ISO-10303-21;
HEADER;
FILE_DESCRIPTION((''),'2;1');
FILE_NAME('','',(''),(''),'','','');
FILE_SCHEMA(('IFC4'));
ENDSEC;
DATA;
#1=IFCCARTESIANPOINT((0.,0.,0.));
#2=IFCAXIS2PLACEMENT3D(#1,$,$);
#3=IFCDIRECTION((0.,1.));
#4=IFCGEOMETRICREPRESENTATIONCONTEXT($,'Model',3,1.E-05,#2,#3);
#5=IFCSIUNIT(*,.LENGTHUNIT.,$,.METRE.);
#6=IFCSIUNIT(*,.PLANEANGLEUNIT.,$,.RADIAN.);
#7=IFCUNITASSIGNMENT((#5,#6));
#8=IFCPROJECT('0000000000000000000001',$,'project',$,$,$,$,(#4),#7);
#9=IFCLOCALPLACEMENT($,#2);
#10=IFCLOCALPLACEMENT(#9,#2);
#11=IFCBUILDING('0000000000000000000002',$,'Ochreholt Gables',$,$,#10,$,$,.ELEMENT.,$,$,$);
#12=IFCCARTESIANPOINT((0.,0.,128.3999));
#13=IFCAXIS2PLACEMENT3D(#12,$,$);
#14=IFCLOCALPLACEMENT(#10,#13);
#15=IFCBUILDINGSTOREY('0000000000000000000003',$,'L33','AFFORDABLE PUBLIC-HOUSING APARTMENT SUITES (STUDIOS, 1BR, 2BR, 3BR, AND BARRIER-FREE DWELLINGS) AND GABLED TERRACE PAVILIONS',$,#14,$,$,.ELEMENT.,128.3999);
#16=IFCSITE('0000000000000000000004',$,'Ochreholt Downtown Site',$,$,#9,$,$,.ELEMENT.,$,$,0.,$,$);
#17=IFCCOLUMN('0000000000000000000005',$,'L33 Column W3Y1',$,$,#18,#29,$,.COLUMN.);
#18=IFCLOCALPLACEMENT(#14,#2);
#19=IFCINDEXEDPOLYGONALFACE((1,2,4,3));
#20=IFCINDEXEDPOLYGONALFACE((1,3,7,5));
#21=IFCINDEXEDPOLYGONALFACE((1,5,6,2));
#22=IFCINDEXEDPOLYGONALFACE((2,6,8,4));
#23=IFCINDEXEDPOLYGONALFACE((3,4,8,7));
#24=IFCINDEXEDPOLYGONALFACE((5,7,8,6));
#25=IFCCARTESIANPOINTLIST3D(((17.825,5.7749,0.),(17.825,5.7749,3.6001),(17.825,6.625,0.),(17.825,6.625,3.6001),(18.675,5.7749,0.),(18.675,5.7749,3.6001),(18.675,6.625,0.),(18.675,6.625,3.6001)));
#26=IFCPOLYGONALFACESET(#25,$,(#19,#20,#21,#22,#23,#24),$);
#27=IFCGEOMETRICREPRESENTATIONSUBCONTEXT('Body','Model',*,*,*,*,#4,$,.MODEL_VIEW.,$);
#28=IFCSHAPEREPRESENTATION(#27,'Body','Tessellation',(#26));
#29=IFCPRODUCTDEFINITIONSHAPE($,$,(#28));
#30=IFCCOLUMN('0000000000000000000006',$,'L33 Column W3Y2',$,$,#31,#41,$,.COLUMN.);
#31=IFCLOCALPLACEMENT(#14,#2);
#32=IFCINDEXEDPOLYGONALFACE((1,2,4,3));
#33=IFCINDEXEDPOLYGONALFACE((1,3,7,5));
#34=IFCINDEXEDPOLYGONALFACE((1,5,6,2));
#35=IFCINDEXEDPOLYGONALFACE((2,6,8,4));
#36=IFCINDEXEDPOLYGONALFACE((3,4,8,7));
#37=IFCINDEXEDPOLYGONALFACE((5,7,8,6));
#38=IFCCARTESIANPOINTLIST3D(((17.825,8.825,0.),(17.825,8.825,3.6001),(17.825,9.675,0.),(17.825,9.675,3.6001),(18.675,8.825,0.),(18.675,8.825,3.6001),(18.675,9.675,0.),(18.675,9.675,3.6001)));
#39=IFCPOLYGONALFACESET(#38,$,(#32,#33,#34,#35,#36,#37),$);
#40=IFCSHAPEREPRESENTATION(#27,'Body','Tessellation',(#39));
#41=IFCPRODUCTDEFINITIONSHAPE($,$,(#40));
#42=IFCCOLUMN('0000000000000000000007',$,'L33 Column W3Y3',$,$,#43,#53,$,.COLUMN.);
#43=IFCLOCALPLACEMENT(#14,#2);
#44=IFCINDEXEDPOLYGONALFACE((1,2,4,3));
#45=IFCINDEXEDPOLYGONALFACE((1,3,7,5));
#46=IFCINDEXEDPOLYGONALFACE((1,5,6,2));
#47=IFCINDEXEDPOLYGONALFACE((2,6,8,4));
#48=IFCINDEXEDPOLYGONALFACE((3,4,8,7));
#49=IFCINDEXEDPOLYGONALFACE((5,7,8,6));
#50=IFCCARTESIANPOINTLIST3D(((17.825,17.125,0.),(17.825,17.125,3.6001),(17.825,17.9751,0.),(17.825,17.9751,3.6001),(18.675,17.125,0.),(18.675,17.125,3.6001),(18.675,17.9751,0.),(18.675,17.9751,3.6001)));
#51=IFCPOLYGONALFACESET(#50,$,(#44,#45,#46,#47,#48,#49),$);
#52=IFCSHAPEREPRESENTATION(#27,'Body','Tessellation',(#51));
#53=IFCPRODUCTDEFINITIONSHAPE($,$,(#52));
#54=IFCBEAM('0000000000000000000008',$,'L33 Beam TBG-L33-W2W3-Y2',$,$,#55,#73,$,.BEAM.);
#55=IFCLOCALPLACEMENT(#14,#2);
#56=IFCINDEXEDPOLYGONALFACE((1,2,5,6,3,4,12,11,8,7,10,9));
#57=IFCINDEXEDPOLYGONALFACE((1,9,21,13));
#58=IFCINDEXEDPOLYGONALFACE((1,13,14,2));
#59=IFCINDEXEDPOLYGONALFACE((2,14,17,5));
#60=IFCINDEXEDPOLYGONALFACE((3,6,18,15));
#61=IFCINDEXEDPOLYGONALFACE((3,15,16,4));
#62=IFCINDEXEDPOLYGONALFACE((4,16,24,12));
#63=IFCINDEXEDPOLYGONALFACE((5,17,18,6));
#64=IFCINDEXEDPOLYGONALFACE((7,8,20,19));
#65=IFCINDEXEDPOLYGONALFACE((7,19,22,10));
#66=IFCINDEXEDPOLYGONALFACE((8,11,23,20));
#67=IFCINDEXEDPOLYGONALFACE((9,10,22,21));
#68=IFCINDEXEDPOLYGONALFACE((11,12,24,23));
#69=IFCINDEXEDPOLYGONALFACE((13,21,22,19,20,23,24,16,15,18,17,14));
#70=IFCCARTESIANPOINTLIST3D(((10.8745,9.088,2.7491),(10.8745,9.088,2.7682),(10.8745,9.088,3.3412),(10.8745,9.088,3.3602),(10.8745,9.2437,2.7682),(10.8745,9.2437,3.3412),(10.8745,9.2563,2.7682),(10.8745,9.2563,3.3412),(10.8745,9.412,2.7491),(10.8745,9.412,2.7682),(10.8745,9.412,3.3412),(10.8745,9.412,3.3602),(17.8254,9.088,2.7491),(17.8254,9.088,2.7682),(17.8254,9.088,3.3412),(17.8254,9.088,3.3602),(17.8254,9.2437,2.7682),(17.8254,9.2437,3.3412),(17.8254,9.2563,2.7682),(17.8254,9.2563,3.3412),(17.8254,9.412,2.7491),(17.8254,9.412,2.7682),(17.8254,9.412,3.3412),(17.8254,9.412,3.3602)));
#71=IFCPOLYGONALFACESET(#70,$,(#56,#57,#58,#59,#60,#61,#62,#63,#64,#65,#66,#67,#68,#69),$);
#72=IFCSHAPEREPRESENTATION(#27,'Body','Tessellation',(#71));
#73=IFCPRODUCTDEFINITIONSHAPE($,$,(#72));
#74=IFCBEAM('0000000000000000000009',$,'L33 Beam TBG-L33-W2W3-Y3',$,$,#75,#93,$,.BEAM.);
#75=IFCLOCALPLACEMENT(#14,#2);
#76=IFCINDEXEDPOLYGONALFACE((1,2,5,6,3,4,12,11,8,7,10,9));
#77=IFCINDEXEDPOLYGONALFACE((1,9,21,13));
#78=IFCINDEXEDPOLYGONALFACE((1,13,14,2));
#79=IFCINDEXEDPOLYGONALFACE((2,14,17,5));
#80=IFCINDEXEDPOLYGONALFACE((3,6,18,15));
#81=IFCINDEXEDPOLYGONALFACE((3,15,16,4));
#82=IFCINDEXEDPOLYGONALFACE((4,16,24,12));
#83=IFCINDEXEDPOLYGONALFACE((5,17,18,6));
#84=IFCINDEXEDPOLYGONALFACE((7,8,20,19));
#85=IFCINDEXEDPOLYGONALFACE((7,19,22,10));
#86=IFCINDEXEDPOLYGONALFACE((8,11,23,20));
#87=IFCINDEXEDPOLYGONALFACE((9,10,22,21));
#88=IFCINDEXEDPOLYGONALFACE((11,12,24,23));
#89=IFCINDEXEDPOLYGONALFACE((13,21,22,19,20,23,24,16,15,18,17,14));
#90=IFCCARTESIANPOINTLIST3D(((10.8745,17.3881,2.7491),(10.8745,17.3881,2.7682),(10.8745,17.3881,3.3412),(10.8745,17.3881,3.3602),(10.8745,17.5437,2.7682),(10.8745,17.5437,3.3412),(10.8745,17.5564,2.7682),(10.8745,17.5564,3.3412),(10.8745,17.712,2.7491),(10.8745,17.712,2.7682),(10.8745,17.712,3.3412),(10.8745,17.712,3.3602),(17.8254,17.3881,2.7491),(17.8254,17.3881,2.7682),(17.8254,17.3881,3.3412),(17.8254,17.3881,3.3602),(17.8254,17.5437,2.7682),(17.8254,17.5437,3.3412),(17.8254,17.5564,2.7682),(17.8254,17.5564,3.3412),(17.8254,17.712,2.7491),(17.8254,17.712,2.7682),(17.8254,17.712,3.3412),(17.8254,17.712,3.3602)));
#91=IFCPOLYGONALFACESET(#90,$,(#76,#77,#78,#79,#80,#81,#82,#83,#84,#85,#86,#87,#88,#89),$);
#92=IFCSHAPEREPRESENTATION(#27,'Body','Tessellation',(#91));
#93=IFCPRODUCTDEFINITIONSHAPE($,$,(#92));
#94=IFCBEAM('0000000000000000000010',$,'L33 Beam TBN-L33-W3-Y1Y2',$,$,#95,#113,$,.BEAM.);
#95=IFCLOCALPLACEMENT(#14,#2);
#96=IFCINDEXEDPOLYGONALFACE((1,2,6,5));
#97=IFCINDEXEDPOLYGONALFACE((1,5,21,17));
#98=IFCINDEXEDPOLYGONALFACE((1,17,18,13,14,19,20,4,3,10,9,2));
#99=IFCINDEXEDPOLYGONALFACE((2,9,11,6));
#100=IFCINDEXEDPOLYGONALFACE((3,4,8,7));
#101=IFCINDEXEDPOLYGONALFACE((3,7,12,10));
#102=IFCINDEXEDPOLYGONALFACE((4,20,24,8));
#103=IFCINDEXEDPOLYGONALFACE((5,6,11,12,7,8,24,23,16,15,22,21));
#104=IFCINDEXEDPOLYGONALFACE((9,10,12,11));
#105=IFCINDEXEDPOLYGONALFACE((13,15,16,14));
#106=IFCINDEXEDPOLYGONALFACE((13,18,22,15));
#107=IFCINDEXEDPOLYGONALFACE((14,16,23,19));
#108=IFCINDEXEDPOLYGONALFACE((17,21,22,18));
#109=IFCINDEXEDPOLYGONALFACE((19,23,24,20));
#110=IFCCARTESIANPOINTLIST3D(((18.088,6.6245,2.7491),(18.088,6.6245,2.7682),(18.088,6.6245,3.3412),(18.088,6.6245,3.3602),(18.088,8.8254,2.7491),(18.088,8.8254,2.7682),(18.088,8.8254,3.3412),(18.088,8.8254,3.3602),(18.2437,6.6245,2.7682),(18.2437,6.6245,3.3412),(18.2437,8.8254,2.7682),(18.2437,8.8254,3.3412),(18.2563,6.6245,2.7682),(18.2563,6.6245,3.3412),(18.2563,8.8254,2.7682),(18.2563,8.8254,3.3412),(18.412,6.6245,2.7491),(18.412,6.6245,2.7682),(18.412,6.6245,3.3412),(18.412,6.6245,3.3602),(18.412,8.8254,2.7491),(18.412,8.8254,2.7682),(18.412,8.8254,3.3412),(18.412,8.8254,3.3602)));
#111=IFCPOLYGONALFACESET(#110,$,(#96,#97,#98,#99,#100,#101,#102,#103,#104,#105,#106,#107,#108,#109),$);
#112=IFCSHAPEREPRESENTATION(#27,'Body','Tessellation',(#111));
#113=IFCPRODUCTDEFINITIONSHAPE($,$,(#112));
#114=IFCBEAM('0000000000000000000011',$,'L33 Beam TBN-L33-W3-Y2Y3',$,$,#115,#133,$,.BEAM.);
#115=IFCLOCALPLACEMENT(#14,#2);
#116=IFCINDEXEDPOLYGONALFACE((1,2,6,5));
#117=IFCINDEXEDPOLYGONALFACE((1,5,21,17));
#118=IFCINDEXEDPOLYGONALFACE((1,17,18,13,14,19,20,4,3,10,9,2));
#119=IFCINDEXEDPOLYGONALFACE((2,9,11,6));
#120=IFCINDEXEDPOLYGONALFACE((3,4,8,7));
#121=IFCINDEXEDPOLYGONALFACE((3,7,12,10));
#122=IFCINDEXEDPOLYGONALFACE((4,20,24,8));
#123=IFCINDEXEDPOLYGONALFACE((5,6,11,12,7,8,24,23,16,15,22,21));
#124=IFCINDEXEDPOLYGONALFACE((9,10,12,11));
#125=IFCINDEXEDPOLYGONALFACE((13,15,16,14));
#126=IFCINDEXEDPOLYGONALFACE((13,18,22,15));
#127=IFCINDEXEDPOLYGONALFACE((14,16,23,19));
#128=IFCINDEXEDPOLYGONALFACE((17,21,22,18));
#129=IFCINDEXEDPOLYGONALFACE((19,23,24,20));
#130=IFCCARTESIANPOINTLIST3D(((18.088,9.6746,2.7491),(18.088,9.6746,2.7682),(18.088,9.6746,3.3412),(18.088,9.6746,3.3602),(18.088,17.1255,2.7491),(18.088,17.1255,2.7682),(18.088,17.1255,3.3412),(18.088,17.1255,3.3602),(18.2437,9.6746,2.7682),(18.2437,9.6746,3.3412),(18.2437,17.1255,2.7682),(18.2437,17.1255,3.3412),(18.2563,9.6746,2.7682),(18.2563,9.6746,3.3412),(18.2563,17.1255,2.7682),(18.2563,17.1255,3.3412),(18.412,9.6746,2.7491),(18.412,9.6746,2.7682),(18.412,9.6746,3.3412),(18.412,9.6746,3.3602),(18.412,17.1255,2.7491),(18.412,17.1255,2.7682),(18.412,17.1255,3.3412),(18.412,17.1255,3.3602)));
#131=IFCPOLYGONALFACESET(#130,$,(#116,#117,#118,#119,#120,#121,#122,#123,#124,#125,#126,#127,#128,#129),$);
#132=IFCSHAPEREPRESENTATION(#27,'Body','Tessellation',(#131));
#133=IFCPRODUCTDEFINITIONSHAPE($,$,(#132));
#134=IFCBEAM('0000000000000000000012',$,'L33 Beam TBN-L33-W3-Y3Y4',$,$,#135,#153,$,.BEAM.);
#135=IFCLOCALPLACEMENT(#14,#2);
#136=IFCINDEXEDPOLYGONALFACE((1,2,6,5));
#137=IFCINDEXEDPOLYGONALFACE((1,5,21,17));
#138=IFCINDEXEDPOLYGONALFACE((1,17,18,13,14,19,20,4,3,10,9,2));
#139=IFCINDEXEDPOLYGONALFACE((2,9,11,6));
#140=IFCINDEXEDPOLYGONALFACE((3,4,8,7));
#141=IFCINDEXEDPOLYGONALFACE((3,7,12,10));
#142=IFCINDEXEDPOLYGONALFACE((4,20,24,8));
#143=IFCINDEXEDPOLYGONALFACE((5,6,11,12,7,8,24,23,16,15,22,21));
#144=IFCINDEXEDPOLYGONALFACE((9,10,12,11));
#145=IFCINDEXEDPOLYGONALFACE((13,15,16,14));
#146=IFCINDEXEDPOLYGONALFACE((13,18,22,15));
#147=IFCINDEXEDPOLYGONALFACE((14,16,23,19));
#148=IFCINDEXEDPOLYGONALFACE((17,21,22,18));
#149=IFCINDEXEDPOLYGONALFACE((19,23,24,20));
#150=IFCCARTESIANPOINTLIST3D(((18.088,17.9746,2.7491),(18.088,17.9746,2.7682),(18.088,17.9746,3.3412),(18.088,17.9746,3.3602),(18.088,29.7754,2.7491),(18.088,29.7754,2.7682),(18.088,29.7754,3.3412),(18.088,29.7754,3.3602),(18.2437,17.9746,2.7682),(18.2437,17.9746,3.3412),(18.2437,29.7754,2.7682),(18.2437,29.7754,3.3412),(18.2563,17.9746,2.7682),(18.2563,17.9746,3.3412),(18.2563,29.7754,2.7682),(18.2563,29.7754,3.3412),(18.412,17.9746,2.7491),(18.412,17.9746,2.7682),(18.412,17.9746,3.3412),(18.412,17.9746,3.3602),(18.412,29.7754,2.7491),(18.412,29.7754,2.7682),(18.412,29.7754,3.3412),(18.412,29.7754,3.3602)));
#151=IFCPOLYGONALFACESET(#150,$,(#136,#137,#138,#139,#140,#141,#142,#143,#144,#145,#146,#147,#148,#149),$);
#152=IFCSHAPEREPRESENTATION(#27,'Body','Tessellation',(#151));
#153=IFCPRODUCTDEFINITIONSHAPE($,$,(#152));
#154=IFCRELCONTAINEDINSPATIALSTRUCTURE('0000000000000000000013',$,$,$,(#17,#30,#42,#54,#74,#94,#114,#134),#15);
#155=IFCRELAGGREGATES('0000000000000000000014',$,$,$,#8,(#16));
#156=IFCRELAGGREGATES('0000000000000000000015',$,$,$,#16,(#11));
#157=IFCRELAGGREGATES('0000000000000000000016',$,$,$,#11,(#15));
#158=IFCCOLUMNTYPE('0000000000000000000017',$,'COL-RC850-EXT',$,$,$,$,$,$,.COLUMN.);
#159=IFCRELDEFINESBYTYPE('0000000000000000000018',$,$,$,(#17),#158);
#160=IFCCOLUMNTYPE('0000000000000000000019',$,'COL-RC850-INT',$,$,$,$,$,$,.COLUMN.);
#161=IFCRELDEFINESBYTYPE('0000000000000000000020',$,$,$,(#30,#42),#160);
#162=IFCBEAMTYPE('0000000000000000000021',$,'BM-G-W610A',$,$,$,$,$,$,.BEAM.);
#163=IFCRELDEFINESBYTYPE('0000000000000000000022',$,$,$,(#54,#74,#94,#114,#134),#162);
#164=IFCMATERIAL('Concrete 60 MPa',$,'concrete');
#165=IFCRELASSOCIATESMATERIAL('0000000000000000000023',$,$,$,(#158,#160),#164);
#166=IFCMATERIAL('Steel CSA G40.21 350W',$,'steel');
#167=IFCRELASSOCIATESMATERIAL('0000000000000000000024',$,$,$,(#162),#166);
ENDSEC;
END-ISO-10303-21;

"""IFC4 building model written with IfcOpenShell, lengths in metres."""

from ifc_helpers import new_model, si_unit, direction, frame, origin, origin_2d, place, context, subcontext, project, spatial, rectangle, i_section, extrude, material, material_profile, profile_set, type_object, element, save


model = new_model("IFC4")

# Units and contexts
model_context = context("Model", 3, precision=1e-05, world=origin(), true_north=direction((0.0, 1.0)))
body_context = subcontext(model_context, "Body", "Model", "MODEL_VIEW")
ifc_project = project(units=[si_unit("LENGTHUNIT", "METRE"), si_unit("PLANEANGLEUNIT", "RADIAN")], contexts=[model_context])

# Site, building, storey
site_placement = place(None, origin())
site = spatial("IfcSite", under=ifc_project, at=site_placement, Name="Ochreholt Downtown Site", CompositionType="ELEMENT", RefElevation=0.0)
building_placement = place(site_placement, origin())
building = spatial("IfcBuilding", under=site, at=building_placement, Name="Ochreholt Gables", CompositionType="ELEMENT")
storey_placement = place(building_placement, frame((0.0, 0.0, 128.3999)))
storey = spatial("IfcBuildingStorey", under=building, at=storey_placement, Name="L33", Description="AFFORDABLE PUBLIC-HOUSING APARTMENT SUITES (STUDIOS, 1BR, 2BR, 3BR, AND BARRIER-FREE DWELLINGS) AND GABLED TERRACE PAVILIONS", CompositionType="ELEMENT", Elevation=128.3999)

# Columns
ifc_material_1 = material(Name="Concrete 60 MPa", Category="concrete")
ifc_material_profile_1 = material_profile(ifc_material_1, rectangle(XDim=0.8501, YDim=0.8501, at=origin_2d()), Name="RC850X850")
ifc_profile_set_1 = profile_set([ifc_material_profile_1], Name="Concrete 60 MPa")
column_type_1 = type_object("IfcColumnType", Name="COL-RC850-EXT", PredefinedType="COLUMN", material=ifc_profile_set_1)
column_placement = place(storey_placement, frame((18.25, 6.2, 0.0), z_axis=(0.0, 0.0, 1.0), x_axis=(1.0, 0.0, 0.0)))
element("IfcColumn", 1, at=column_placement, inside=storey, type_object=column_type_1, Name="L33 Column W3Y1", PredefinedType="COLUMN", context=body_context, shape_type="SweptSolid", body=[
    extrude(rectangle(XDim=0.8501, YDim=0.8501, at=origin_2d()), origin(), (0.0, 0.0, 1.0), 3.6001),
])
ifc_material_profile_2 = material_profile(ifc_material_1, rectangle(XDim=0.8501, YDim=0.8501, at=origin_2d()), Name="RC850X850")
ifc_profile_set_2 = profile_set([ifc_material_profile_2], Name="Concrete 60 MPa")
column_type_2 = type_object("IfcColumnType", Name="COL-RC850-INT", PredefinedType="COLUMN", material=ifc_profile_set_2)
for number, where, z_axis, x_axis, name in (
    (2, (18.25, 9.25, 0.0), (0.0, 0.0, 1.0), (1.0, 0.0, 0.0), "L33 Column W3Y2"),
    (3, (18.25, 17.55, 0.0), (0.0, 0.0, 1.0), (1.0, 0.0, 0.0), "L33 Column W3Y3"),
):
    element("IfcColumn", number, at=place(storey_placement, frame(where, z_axis=z_axis, x_axis=x_axis)), inside=storey, type_object=column_type_2, Name=name, PredefinedType="COLUMN", context=body_context, shape_type="SweptSolid", body=[
        extrude(rectangle(XDim=0.8501, YDim=0.8501, at=origin_2d()), origin(), (0.0, 0.0, 1.0), 3.6001),
    ])

# Beams
ifc_material_2 = material(Name="Steel CSA G40.21 350W", Category="steel")
ifc_material_profile_3 = material_profile(ifc_material_2, i_section(OverallWidth=0.324, OverallDepth=0.6111, WebThickness=0.0127, FlangeThickness=0.019, at=origin_2d()), Name="W610X155")
ifc_profile_set_3 = profile_set([ifc_material_profile_3], Name="Steel CSA G40.21 350W")
beam_type = type_object("IfcBeamType", Name="BM-G-W610A", PredefinedType="BEAM", material=ifc_profile_set_3)
for number, where, z_axis, x_axis, name in (
    (4, (10.8745, 9.25, 3.0547), (1.0, 0.0, 0.0), (0.0, 1.0, 0.0), "L33 Beam TBG-L33-W2W3-Y2"),
    (5, (10.8745, 17.55, 3.0547), (1.0, 0.0, 0.0), (0.0, 1.0, 0.0), "L33 Beam TBG-L33-W2W3-Y3"),
):
    element("IfcBeam", number, at=place(storey_placement, frame(where, z_axis=z_axis, x_axis=x_axis)), inside=storey, type_object=beam_type, Name=name, PredefinedType="BEAM", context=body_context, shape_type="SweptSolid", body=[
        extrude(i_section(OverallWidth=0.324, OverallDepth=0.6111, WebThickness=0.0127, FlangeThickness=0.019, at=origin_2d()), origin(), (0.0, 0.0, 1.0), 6.9509),
    ])
beam_1_placement = place(storey_placement, frame((18.25, 6.6245, 3.0547), z_axis=(0.0, 1.0, 0.0), x_axis=(-1.0, 0.0, 0.0)))
element("IfcBeam", 6, at=beam_1_placement, inside=storey, type_object=beam_type, Name="L33 Beam TBN-L33-W3-Y1Y2", PredefinedType="BEAM", context=body_context, shape_type="SweptSolid", body=[
    extrude(i_section(OverallWidth=0.324, OverallDepth=0.6111, WebThickness=0.0127, FlangeThickness=0.019, at=origin_2d()), origin(), (0.0, 0.0, 1.0), 2.2009),
])
beam_2_placement = place(storey_placement, frame((18.25, 9.6746, 3.0547), z_axis=(0.0, 1.0, 0.0), x_axis=(-1.0, 0.0, 0.0)))
element("IfcBeam", 7, at=beam_2_placement, inside=storey, type_object=beam_type, Name="L33 Beam TBN-L33-W3-Y2Y3", PredefinedType="BEAM", context=body_context, shape_type="SweptSolid", body=[
    extrude(i_section(OverallWidth=0.324, OverallDepth=0.6111, WebThickness=0.0127, FlangeThickness=0.019, at=origin_2d()), origin(), (0.0, 0.0, 1.0), 7.4509),
])
beam_3_placement = place(storey_placement, frame((18.25, 17.9746, 3.0547), z_axis=(0.0, 1.0, 0.0), x_axis=(-1.0, 0.0, 0.0)))
element("IfcBeam", 8, at=beam_3_placement, inside=storey, type_object=beam_type, Name="L33 Beam TBN-L33-W3-Y3Y4", PredefinedType="BEAM", context=body_context, shape_type="SweptSolid", body=[
    extrude(i_section(OverallWidth=0.324, OverallDepth=0.6111, WebThickness=0.0127, FlangeThickness=0.019, at=origin_2d()), origin(), (0.0, 0.0, 1.0), 11.8008),
])

save(model, "model.ifc")
